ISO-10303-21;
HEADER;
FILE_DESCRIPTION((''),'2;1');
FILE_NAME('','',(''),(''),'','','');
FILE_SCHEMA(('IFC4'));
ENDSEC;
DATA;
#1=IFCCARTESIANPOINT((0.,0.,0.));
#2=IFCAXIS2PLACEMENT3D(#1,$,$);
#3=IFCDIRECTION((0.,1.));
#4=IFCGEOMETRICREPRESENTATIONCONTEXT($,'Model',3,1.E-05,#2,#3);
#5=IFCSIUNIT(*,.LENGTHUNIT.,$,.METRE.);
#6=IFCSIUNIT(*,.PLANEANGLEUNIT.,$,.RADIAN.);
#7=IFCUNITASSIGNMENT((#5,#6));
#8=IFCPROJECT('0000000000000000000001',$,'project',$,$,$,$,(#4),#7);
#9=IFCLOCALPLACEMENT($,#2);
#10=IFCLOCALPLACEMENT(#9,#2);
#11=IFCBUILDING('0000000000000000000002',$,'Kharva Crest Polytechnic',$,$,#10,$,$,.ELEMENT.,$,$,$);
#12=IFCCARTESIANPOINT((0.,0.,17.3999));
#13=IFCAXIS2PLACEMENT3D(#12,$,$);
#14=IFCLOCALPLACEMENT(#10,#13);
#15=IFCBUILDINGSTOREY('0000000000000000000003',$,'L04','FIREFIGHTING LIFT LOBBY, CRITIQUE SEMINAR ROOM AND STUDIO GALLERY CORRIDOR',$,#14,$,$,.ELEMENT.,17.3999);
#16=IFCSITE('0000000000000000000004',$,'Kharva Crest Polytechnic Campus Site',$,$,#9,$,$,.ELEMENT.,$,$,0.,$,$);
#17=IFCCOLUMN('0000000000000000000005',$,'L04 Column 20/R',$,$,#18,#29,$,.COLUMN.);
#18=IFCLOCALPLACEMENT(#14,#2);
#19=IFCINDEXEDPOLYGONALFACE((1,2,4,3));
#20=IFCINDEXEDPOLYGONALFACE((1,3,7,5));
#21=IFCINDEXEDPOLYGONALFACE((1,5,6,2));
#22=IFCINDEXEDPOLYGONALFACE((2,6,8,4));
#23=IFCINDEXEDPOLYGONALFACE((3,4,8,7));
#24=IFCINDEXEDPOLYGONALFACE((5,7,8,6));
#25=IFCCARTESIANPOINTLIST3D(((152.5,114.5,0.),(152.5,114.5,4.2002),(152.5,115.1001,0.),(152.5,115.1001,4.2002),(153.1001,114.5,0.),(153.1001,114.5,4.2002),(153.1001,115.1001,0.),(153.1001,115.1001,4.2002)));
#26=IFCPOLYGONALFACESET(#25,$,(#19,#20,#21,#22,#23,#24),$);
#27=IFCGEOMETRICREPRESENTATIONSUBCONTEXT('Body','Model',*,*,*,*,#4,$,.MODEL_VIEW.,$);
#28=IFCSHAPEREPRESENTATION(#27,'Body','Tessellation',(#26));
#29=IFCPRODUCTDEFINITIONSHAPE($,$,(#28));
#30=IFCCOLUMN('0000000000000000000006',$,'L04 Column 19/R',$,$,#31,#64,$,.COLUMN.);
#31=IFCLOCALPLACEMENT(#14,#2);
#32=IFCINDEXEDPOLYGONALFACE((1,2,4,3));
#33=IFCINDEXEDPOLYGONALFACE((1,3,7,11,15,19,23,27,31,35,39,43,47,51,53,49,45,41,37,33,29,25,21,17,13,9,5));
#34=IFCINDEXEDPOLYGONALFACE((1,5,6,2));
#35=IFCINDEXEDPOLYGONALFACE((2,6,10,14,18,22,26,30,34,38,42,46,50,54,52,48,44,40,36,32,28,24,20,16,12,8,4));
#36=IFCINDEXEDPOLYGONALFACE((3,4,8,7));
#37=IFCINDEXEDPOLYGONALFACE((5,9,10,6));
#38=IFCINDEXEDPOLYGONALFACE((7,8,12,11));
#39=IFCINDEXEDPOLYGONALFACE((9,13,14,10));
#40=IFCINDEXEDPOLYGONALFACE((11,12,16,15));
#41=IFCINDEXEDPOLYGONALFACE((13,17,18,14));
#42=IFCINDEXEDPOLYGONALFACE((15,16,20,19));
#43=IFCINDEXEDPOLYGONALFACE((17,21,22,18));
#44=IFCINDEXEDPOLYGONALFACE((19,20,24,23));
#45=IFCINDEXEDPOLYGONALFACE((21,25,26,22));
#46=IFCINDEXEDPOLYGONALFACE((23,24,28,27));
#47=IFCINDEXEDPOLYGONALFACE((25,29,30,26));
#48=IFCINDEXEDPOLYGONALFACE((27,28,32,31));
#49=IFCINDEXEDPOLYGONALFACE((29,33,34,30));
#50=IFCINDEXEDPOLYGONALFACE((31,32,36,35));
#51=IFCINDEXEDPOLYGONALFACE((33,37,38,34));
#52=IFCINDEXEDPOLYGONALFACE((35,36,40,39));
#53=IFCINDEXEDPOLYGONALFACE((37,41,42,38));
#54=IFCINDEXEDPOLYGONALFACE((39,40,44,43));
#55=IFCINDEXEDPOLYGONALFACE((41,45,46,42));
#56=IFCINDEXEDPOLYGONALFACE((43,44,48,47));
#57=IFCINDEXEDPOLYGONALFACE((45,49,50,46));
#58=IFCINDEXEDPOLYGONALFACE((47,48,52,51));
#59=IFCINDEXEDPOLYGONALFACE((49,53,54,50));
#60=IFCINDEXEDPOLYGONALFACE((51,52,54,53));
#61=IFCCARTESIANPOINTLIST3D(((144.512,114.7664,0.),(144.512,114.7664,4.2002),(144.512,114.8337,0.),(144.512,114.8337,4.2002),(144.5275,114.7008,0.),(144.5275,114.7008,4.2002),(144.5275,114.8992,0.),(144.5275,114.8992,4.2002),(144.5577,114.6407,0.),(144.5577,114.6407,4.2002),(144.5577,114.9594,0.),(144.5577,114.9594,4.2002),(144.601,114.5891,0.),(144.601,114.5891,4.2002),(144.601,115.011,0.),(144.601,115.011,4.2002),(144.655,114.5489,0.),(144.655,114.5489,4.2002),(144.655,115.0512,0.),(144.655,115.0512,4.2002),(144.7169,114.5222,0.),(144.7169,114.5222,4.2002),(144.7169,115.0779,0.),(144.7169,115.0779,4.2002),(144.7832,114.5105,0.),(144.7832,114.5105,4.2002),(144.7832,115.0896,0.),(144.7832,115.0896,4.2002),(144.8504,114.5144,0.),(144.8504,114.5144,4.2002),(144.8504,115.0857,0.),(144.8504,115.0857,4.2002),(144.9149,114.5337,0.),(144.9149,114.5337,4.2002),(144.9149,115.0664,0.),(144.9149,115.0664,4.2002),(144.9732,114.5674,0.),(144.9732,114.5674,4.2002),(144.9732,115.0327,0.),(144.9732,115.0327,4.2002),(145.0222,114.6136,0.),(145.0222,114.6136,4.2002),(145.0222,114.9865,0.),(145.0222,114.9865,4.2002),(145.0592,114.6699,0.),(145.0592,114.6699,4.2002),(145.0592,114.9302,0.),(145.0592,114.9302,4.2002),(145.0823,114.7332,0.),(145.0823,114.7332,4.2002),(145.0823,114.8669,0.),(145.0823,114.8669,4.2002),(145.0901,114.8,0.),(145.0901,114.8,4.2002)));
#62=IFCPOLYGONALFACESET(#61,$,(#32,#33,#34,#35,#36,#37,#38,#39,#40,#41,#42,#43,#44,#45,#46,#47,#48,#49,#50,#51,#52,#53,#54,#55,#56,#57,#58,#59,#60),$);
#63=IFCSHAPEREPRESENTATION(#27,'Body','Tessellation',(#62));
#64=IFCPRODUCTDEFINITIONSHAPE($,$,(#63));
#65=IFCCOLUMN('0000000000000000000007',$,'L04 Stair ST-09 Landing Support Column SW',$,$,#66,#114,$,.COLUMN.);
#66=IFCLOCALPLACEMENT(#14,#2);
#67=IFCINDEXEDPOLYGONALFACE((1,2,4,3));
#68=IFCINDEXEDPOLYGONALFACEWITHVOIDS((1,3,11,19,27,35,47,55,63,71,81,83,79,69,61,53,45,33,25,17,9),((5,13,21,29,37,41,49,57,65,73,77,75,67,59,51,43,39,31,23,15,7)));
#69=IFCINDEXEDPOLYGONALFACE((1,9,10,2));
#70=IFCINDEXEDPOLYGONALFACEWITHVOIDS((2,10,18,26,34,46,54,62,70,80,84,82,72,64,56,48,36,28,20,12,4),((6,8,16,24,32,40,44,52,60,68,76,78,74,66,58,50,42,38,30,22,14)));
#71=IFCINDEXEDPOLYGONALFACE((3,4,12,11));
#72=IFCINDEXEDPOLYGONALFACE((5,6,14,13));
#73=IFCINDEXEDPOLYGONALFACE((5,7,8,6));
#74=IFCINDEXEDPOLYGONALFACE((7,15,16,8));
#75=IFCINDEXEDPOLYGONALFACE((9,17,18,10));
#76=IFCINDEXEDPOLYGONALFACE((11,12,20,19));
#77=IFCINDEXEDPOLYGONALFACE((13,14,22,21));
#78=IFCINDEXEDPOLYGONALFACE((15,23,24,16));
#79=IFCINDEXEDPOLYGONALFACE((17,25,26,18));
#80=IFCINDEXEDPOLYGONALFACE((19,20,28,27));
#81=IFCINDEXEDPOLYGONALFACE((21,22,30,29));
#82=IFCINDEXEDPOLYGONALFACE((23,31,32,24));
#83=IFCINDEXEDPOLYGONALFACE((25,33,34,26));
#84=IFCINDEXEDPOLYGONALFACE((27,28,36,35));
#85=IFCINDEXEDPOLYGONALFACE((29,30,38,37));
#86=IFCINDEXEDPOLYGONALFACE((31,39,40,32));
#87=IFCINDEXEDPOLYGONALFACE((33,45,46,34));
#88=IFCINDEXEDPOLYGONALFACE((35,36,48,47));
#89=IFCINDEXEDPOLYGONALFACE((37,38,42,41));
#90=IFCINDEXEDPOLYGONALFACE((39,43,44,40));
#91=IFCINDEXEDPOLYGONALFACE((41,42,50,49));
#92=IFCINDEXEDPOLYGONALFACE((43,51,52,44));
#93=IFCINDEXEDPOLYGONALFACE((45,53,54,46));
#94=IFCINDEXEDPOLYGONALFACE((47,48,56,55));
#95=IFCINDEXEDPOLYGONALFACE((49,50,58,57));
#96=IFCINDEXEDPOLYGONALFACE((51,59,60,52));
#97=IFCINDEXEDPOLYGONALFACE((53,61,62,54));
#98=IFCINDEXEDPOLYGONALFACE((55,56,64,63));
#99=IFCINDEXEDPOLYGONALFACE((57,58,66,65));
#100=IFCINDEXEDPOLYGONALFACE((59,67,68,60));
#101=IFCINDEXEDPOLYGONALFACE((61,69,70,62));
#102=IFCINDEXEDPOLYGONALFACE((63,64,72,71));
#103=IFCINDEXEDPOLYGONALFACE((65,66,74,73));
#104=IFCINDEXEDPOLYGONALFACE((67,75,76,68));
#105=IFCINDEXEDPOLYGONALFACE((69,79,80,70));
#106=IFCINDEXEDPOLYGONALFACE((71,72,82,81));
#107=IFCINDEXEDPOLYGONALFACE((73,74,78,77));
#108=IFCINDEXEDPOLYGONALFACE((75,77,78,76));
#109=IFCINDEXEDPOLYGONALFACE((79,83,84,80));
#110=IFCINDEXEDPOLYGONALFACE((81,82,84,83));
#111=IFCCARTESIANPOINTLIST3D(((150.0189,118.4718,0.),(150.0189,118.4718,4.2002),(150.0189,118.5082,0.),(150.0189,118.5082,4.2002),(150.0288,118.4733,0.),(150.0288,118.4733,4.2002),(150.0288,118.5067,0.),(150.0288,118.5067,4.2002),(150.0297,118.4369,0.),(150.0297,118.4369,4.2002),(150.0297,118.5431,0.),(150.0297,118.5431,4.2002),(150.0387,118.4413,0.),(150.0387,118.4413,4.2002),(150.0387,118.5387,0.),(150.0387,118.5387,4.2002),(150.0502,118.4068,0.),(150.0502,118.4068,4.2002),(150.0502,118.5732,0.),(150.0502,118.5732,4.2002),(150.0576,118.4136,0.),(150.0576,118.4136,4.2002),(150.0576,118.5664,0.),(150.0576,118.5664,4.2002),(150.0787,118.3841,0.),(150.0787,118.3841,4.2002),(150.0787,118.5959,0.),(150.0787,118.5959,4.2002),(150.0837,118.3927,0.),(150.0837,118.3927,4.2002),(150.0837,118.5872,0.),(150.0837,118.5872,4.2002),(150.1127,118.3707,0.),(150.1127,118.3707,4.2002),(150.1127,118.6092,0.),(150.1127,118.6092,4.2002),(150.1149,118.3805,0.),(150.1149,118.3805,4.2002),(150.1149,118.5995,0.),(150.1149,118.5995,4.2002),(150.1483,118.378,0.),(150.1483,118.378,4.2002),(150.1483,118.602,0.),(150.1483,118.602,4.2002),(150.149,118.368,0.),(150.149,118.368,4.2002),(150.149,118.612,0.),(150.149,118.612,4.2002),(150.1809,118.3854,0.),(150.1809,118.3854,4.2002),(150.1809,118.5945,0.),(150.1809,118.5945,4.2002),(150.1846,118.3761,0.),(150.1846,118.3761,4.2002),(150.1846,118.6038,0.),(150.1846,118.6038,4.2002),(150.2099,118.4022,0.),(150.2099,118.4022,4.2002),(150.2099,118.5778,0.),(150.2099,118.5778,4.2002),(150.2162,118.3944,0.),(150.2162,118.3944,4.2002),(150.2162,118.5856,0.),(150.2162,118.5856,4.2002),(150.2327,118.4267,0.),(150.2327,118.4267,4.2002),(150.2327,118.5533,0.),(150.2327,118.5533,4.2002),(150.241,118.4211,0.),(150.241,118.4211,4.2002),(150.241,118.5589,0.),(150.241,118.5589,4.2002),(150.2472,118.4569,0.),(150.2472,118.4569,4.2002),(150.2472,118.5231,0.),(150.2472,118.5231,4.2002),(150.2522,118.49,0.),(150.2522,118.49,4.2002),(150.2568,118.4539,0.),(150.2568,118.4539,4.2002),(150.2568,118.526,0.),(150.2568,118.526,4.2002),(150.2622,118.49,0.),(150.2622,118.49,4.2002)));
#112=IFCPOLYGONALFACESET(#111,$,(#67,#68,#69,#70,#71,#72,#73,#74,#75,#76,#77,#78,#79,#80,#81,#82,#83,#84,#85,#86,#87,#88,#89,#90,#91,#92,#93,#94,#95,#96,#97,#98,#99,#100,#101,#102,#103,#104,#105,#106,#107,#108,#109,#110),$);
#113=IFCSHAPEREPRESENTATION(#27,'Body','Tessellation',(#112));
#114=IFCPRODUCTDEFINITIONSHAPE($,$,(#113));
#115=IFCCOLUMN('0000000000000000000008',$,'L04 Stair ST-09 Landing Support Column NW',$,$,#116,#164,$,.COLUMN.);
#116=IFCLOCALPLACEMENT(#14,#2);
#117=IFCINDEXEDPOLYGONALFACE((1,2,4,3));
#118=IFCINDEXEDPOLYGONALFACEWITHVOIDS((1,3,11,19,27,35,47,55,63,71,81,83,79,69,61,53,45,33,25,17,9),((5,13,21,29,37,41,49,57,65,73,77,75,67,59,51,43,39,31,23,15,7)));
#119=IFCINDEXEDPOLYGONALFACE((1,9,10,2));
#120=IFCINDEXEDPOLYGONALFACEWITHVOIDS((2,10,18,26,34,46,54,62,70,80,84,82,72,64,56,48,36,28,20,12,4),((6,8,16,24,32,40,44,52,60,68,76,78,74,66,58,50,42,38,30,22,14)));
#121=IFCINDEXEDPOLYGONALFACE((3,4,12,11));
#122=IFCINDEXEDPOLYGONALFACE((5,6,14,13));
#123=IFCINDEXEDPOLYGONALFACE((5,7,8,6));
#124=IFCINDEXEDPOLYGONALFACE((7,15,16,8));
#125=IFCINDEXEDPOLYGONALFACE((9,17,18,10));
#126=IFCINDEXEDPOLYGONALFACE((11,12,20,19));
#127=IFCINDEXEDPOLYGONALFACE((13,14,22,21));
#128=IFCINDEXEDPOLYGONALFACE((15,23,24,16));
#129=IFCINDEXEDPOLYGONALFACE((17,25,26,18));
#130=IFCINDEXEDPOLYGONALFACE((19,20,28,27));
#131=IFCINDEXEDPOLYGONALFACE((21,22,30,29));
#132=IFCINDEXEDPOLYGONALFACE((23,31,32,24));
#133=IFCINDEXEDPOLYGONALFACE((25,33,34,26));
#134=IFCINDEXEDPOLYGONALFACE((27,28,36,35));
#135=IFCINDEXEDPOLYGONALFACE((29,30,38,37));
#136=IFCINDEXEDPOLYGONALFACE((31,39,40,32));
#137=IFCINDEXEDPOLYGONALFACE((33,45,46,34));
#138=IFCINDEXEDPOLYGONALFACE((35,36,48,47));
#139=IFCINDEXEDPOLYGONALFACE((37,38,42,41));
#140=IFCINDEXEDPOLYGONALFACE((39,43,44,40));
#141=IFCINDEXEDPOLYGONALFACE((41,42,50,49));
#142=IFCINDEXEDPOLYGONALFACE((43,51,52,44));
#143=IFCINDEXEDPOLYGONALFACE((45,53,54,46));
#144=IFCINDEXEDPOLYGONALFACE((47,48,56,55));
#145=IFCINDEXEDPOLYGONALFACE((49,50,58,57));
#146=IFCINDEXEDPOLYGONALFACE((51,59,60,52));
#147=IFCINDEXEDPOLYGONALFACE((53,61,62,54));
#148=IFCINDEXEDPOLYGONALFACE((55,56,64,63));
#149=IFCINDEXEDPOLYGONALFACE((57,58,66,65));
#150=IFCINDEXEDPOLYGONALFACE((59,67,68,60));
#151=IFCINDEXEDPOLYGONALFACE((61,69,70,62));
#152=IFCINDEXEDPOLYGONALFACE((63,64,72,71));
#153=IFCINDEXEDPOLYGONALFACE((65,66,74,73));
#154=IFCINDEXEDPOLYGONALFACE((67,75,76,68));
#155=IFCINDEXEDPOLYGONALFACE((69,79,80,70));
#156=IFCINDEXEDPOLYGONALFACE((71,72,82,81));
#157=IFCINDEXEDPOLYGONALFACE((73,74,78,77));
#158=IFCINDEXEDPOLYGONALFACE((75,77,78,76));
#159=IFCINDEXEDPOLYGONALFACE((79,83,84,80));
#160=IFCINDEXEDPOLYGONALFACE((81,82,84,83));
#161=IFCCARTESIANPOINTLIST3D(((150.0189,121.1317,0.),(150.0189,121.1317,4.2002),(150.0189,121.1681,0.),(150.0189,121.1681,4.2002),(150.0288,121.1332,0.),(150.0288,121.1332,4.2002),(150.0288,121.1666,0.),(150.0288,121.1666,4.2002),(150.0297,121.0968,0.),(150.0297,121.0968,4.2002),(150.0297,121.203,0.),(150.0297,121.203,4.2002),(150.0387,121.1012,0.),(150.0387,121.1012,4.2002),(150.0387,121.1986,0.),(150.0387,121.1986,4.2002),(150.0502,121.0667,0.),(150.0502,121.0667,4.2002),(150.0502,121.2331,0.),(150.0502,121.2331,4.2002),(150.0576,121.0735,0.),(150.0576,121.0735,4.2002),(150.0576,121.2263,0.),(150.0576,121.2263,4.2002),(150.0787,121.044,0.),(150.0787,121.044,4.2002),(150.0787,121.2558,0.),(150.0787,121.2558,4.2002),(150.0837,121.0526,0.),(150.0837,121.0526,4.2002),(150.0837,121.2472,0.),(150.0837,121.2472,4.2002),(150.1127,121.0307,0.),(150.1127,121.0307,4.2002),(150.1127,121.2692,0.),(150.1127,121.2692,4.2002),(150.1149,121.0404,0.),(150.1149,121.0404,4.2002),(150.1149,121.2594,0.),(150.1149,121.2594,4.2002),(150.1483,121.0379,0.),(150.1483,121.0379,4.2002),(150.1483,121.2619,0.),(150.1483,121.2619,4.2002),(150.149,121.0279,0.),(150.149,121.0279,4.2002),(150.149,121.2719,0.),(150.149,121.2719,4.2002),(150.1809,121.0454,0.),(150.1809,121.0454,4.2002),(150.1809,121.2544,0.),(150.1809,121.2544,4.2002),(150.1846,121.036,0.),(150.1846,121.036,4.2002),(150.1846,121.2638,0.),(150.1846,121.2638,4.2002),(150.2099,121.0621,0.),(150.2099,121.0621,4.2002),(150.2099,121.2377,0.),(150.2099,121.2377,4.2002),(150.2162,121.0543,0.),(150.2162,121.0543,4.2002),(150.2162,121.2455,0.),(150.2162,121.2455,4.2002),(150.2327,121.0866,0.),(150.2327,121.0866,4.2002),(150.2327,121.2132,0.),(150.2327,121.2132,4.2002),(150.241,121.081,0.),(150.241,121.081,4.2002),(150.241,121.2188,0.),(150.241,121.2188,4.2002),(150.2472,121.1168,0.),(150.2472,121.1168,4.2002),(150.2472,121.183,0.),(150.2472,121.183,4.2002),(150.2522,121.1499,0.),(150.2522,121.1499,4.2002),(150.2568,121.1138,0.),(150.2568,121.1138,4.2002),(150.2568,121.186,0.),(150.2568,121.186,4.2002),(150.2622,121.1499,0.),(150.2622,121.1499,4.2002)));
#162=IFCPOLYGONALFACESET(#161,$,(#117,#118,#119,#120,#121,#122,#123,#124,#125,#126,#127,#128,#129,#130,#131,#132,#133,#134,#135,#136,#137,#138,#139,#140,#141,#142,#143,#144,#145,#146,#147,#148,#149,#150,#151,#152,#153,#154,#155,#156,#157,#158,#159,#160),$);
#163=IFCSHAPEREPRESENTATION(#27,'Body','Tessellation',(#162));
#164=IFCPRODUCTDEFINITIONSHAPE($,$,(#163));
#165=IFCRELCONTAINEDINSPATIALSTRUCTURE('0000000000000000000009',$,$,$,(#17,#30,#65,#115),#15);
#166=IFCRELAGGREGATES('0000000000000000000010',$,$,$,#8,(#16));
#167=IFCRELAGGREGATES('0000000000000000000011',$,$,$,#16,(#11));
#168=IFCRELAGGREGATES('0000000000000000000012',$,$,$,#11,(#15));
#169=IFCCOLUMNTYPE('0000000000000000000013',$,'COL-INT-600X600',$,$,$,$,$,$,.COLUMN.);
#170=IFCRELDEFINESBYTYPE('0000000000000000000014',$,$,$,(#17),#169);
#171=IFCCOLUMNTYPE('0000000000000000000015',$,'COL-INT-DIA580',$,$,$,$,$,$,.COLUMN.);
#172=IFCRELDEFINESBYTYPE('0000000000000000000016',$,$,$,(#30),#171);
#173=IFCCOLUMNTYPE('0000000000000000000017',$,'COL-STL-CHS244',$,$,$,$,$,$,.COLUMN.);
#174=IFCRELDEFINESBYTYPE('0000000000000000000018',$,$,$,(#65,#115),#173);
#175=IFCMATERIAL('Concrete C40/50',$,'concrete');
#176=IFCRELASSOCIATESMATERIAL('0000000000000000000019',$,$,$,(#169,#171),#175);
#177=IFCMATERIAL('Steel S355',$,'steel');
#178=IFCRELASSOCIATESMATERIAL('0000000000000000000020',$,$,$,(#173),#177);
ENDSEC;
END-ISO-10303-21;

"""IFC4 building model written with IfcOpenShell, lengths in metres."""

from ifc_helpers import new_model, si_unit, direction, frame, origin, origin_2d, place, context, subcontext, project, spatial, rectangle, circle, hollow_circle, extrude, material, material_profile, profile_set, type_object, element, save


model = new_model("IFC4")

# Units and contexts
model_context = context("Model", 3, precision=1e-05, world=origin(), true_north=direction((0.0, 1.0)))
body_context = subcontext(model_context, "Body", "Model", "MODEL_VIEW")
ifc_project = project(units=[si_unit("LENGTHUNIT", "METRE"), si_unit("PLANEANGLEUNIT", "RADIAN")], contexts=[model_context])

# Site, building, storey
site_placement = place(None, origin())
site = spatial("IfcSite", under=ifc_project, at=site_placement, Name="Kharva Crest Polytechnic Campus Site", CompositionType="ELEMENT", RefElevation=0.0)
building_placement = place(site_placement, origin())
building = spatial("IfcBuilding", under=site, at=building_placement, Name="Kharva Crest Polytechnic", CompositionType="ELEMENT")
storey_placement = place(building_placement, frame((0.0, 0.0, 17.3999)))
storey = spatial("IfcBuildingStorey", under=building, at=storey_placement, Name="L04", Description="FIREFIGHTING LIFT LOBBY, CRITIQUE SEMINAR ROOM AND STUDIO GALLERY CORRIDOR", CompositionType="ELEMENT", Elevation=17.3999)

# Columns
ifc_material_1 = material(Name="Concrete C40/50", Category="concrete")
ifc_material_profile_1 = material_profile(ifc_material_1, rectangle(XDim=0.6001, YDim=0.6001, at=origin_2d()), Name="RECT 600 X 600")
ifc_profile_set_1 = profile_set([ifc_material_profile_1], Name="Concrete C40/50")
column_type_1 = type_object("IfcColumnType", Name="COL-INT-600X600", PredefinedType="COLUMN", material=ifc_profile_set_1)
column_1_placement = place(storey_placement, frame((152.8, 114.8, 0.0), z_axis=(0.0, 0.0, 1.0), x_axis=(1.0, 0.0, 0.0)))
element("IfcColumn", 1, at=column_1_placement, inside=storey, type_object=column_type_1, Name="L04 Column 20/R", PredefinedType="COLUMN", context=body_context, shape_type="SweptSolid", body=[
    extrude(rectangle(XDim=0.6001, YDim=0.6001, at=origin_2d()), origin(), (0.0, 0.0, 1.0), 4.2002),
])
ifc_material_profile_2 = material_profile(ifc_material_1, circle(Radius=0.29, at=origin_2d()), Name="DIA 580")
ifc_profile_set_2 = profile_set([ifc_material_profile_2], Name="Concrete C40/50")
column_type_2 = type_object("IfcColumnType", Name="COL-INT-DIA580", PredefinedType="COLUMN", material=ifc_profile_set_2)
column_2_placement = place(storey_placement, frame((144.8, 114.8, 0.0), z_axis=(0.0, 0.0, 1.0), x_axis=(1.0, 0.0, 0.0)))
element("IfcColumn", 2, at=column_2_placement, inside=storey, type_object=column_type_2, Name="L04 Column 19/R", PredefinedType="COLUMN", context=body_context, shape_type="SweptSolid", body=[
    extrude(circle(Radius=0.29, at=origin_2d()), origin(), (0.0, 0.0, 1.0), 4.2002),
])
ifc_material_2 = material(Name="Steel S355", Category="steel")
ifc_material_profile_3 = material_profile(ifc_material_2, hollow_circle(Radius=0.1223, WallThickness=0.01, at=origin_2d()), Name="CHS 244.5X10.0")
ifc_profile_set_3 = profile_set([ifc_material_profile_3], Name="Steel S355")
column_type_3 = type_object("IfcColumnType", Name="COL-STL-CHS244", PredefinedType="COLUMN", material=ifc_profile_set_3)
for number, where, z_axis, x_axis, name in (
    (3, (150.1399, 118.49, 0.0), (0.0, 0.0, 1.0), (1.0, 0.0, 0.0), "L04 Stair ST-09 Landing Support Column SW"),
    (4, (150.1399, 121.1499, 0.0), (0.0, 0.0, 1.0), (1.0, 0.0, 0.0), "L04 Stair ST-09 Landing Support Column NW"),
):
    element("IfcColumn", number, at=place(storey_placement, frame(where, z_axis=z_axis, x_axis=x_axis)), inside=storey, type_object=column_type_3, Name=name, PredefinedType="COLUMN", context=body_context, shape_type="SweptSolid", body=[
        extrude(hollow_circle(Radius=0.1223, WallThickness=0.01, at=origin_2d()), origin(), (0.0, 0.0, 1.0), 4.2002),
    ])

save(model, "model.ifc")
